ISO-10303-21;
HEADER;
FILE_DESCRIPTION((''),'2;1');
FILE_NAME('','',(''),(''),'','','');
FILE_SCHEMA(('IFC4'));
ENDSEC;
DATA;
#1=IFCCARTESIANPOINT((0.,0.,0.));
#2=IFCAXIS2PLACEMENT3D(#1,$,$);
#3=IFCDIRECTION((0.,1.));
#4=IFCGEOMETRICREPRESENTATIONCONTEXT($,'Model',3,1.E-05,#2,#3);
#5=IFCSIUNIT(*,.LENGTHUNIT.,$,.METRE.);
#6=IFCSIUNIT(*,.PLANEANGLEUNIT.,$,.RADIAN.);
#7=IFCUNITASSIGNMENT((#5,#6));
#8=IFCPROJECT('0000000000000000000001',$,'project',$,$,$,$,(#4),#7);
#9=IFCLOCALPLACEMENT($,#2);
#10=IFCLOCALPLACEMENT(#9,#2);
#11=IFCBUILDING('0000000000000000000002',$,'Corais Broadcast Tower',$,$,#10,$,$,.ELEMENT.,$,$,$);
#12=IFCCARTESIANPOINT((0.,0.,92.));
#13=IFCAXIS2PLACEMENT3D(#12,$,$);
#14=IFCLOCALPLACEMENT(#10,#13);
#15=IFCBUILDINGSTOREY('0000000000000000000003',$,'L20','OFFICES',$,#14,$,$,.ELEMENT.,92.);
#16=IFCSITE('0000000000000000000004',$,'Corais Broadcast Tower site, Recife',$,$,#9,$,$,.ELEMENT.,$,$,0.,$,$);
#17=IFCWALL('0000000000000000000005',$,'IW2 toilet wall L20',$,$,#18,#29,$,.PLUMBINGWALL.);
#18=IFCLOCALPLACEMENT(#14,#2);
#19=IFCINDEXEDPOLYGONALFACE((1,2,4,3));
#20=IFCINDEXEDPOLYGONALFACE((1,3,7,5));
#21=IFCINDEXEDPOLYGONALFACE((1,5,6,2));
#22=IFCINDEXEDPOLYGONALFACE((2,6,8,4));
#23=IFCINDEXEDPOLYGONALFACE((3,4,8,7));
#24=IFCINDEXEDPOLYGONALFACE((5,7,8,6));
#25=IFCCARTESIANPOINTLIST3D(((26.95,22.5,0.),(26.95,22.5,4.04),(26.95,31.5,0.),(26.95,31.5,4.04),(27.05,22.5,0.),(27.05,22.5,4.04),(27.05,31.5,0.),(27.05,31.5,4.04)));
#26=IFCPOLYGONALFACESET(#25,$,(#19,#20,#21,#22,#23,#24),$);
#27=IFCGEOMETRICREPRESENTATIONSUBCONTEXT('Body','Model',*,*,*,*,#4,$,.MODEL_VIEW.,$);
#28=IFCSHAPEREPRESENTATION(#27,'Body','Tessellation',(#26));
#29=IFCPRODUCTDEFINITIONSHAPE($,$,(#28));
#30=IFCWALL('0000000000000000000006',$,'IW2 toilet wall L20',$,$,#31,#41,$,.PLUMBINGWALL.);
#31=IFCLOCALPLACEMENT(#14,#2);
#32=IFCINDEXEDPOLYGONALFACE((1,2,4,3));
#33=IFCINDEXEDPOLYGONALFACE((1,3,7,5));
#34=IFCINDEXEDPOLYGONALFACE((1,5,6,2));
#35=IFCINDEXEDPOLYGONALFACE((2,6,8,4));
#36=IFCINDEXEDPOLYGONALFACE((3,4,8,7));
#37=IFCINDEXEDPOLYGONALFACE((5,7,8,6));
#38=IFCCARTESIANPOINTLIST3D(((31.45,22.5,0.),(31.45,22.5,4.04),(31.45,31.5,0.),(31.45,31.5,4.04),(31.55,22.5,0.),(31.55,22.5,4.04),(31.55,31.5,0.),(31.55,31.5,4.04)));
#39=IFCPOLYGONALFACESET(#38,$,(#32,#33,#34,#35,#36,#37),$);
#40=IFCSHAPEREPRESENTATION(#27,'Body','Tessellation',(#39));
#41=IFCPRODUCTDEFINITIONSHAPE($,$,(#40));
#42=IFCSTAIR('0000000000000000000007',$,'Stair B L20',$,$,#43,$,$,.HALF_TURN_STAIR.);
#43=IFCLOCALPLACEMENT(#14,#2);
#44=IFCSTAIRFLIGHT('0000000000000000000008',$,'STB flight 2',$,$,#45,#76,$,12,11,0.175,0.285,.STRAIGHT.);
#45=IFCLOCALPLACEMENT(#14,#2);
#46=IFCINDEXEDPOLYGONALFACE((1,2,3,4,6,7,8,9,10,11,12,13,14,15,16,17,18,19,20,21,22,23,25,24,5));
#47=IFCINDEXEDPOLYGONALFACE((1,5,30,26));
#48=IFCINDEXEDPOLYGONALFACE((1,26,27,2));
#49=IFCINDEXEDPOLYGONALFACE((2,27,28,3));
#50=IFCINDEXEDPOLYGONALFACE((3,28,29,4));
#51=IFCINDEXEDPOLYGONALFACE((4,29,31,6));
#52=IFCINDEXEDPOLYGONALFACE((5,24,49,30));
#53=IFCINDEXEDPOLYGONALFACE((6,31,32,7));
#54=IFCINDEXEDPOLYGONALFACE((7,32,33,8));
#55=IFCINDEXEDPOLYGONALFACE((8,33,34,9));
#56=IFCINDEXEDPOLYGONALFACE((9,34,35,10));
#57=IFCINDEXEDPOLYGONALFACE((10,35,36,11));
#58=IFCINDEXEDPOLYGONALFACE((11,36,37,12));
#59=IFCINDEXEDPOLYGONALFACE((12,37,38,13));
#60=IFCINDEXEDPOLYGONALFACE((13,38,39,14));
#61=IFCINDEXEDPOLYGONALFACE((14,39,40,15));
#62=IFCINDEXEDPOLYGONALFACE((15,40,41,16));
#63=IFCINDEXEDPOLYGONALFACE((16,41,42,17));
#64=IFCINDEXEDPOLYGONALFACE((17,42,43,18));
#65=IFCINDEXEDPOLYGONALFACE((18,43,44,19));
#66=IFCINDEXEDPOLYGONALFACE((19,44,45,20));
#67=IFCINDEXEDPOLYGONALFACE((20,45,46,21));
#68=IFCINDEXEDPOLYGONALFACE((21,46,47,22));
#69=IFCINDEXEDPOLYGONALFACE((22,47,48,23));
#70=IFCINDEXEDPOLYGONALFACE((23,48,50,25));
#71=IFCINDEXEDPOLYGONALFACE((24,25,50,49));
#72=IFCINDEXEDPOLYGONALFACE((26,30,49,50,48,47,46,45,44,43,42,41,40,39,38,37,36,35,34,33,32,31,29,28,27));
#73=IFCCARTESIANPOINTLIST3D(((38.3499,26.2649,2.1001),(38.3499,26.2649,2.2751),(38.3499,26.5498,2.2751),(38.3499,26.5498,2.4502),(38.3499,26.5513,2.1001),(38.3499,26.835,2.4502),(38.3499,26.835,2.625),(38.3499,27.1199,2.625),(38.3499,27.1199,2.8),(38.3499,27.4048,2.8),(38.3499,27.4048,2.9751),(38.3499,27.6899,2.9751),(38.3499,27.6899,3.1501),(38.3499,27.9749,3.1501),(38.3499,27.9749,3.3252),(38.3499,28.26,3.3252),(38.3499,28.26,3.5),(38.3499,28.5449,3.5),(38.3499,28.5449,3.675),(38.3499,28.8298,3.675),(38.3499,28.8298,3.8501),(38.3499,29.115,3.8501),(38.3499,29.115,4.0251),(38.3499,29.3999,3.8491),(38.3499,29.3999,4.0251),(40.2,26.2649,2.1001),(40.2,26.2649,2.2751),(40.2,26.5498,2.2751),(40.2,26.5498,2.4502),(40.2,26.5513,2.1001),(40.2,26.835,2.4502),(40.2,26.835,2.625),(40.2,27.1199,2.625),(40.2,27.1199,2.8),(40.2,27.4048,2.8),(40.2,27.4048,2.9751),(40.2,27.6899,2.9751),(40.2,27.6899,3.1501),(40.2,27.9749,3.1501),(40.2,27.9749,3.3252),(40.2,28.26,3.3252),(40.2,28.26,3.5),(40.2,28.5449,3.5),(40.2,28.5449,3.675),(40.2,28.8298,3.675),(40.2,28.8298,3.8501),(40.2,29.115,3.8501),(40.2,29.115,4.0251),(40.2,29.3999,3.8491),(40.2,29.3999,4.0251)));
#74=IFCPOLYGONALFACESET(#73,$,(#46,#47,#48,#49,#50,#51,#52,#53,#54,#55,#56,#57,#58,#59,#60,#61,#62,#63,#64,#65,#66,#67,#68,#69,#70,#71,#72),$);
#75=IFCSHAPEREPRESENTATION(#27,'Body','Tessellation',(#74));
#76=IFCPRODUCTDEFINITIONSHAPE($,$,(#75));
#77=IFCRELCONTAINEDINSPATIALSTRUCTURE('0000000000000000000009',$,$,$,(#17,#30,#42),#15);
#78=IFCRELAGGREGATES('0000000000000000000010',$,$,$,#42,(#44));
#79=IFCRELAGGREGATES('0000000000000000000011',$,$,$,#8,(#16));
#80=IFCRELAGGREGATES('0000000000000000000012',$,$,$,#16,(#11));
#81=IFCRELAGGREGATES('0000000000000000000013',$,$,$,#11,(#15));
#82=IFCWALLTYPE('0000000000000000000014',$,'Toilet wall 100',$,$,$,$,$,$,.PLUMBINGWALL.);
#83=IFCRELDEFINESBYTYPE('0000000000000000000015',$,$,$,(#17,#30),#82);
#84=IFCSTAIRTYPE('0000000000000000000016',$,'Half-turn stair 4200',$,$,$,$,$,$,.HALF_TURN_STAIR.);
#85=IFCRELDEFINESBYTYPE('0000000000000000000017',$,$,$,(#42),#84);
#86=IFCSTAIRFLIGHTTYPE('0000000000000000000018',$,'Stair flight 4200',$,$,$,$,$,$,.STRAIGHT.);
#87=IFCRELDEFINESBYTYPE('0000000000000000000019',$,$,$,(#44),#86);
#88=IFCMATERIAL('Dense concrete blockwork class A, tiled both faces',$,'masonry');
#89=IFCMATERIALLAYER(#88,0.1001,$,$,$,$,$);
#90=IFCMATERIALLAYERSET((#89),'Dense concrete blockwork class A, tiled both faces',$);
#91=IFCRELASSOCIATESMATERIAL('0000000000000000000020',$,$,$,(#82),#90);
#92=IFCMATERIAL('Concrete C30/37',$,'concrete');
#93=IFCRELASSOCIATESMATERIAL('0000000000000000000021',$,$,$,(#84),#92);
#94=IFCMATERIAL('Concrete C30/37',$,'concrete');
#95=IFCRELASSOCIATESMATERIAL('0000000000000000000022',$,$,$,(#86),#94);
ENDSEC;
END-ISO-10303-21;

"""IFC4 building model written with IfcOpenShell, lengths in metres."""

from ifc_helpers import new_model, si_unit, direction, frame, frame_2d, origin, place, context, subcontext, project, spatial, polyline, rectangle, outline, extrude, material, layer, layer_set, type_object, element, aggregate, save


model = new_model("IFC4")

# Units and contexts
model_context = context("Model", 3, precision=1e-05, world=origin(), true_north=direction((0.0, 1.0)))
body_context = subcontext(model_context, "Body", "Model", "MODEL_VIEW")
ifc_project = project(units=[si_unit("LENGTHUNIT", "METRE"), si_unit("PLANEANGLEUNIT", "RADIAN")], contexts=[model_context])

# Site, building, storey
site_placement = place(None, origin())
site = spatial("IfcSite", under=ifc_project, at=site_placement, Name="Corais Broadcast Tower site, Recife", CompositionType="ELEMENT", RefElevation=0.0)
building_placement = place(site_placement, origin())
building = spatial("IfcBuilding", under=site, at=building_placement, Name="Corais Broadcast Tower", CompositionType="ELEMENT")
storey_placement = place(building_placement, frame((0.0, 0.0, 92.0)))
storey = spatial("IfcBuildingStorey", under=building, at=storey_placement, Name="L20", Description="OFFICES", CompositionType="ELEMENT", Elevation=92.0)

# Walls
ifc_material_1 = material(Name="Dense concrete blockwork class A, tiled both faces", Category="masonry")
ifc_layer_1 = layer(ifc_material_1, 0.1001)
ifc_layer_set_1 = layer_set([ifc_layer_1], Name="Dense concrete blockwork class A, tiled both faces")
wall_type_1 = type_object("IfcWallType", Name="Toilet wall 100", PredefinedType="PLUMBINGWALL", material=ifc_layer_set_1)
for number, where, z_axis, x_axis, name in (
    (1, (27.0, 22.5, 0.0), (0.0, 0.0, 1.0), (0.0, 1.0, 0.0), "IW2 toilet wall L20"),
    (2, (31.5, 22.5, 0.0), (0.0, 0.0, 1.0), (0.0, 1.0, 0.0), "IW2 toilet wall L20"),
):
    element("IfcWall", number, at=place(storey_placement, frame(where, z_axis=z_axis, x_axis=x_axis)), inside=storey, type_object=wall_type_1, Name=name, PredefinedType="PLUMBINGWALL", context=body_context, shape_type="SweptSolid", body=[
        extrude(rectangle(XDim=9.0, YDim=0.1001, at=frame_2d((4.5, 0.0))), origin(), (0.0, 0.0, 1.0), 4.04),
    ])

# Stair, stair flight
ifc_material_2 = material(Name="Concrete C30/37", Category="concrete")
stair_type = type_object("IfcStairType", Name="Half-turn stair 4200", PredefinedType="HALF_TURN_STAIR", material=ifc_material_2)
stair_placement = place(storey_placement, origin())
stair = element("IfcStair", 3, at=stair_placement, inside=storey, type_object=stair_type, Name="Stair B L20", PredefinedType="HALF_TURN_STAIR")
ifc_material_3 = material(Name="Concrete C30/37", Category="concrete")
stair_flight_type = type_object("IfcStairFlightType", Name="Stair flight 4200", PredefinedType="STRAIGHT", material=ifc_material_3)
stair_flight_placement = place(storey_placement, frame((39.2749, 26.2649, 2.1001), z_axis=(0.0, 0.0, 1.0), x_axis=(0.0, 1.0, 0.0)))
stair_flight = element("IfcStairFlight", 4, at=stair_flight_placement, type_object=stair_flight_type, Name="STB flight 2", NumberOfRisers=12, NumberOfTreads=11, PredefinedType="STRAIGHT", RiserHeight=0.175, TreadLength=0.285, context=body_context, shape_type="SweptSolid", body=[
    extrude(outline(polyline([(0.0, 0.0), (0.0, 0.175), (0.2849, 0.175), (0.2849, 0.3501), (0.5701, 0.3501), (0.5701, 0.5249), (0.855, 0.5249), (0.855, 0.7), (1.1399, 0.7), (1.1399, 0.875), (1.425, 0.875), (1.425, 1.05), (1.71, 1.05), (1.71, 1.2251), (1.9951, 1.2251), (1.9951, 1.3999), (2.28, 1.3999), (2.28, 1.575), (2.5649, 1.575), (2.5649, 1.75), (2.8501, 1.75), (2.8501, 1.925), (3.135, 1.925), (3.135, 2.1001), (3.135, 1.749), (0.2864, 0.0), (0.0, 0.0)])), frame((0.0, 0.925, 0.0), z_axis=(0.0, -1.0, 0.0), x_axis=(1.0, 0.0, 0.0)), (0.0, 0.0, 1.0), 1.8501),
])
aggregate(stair, [stair_flight])

save(model, "model.ifc")
